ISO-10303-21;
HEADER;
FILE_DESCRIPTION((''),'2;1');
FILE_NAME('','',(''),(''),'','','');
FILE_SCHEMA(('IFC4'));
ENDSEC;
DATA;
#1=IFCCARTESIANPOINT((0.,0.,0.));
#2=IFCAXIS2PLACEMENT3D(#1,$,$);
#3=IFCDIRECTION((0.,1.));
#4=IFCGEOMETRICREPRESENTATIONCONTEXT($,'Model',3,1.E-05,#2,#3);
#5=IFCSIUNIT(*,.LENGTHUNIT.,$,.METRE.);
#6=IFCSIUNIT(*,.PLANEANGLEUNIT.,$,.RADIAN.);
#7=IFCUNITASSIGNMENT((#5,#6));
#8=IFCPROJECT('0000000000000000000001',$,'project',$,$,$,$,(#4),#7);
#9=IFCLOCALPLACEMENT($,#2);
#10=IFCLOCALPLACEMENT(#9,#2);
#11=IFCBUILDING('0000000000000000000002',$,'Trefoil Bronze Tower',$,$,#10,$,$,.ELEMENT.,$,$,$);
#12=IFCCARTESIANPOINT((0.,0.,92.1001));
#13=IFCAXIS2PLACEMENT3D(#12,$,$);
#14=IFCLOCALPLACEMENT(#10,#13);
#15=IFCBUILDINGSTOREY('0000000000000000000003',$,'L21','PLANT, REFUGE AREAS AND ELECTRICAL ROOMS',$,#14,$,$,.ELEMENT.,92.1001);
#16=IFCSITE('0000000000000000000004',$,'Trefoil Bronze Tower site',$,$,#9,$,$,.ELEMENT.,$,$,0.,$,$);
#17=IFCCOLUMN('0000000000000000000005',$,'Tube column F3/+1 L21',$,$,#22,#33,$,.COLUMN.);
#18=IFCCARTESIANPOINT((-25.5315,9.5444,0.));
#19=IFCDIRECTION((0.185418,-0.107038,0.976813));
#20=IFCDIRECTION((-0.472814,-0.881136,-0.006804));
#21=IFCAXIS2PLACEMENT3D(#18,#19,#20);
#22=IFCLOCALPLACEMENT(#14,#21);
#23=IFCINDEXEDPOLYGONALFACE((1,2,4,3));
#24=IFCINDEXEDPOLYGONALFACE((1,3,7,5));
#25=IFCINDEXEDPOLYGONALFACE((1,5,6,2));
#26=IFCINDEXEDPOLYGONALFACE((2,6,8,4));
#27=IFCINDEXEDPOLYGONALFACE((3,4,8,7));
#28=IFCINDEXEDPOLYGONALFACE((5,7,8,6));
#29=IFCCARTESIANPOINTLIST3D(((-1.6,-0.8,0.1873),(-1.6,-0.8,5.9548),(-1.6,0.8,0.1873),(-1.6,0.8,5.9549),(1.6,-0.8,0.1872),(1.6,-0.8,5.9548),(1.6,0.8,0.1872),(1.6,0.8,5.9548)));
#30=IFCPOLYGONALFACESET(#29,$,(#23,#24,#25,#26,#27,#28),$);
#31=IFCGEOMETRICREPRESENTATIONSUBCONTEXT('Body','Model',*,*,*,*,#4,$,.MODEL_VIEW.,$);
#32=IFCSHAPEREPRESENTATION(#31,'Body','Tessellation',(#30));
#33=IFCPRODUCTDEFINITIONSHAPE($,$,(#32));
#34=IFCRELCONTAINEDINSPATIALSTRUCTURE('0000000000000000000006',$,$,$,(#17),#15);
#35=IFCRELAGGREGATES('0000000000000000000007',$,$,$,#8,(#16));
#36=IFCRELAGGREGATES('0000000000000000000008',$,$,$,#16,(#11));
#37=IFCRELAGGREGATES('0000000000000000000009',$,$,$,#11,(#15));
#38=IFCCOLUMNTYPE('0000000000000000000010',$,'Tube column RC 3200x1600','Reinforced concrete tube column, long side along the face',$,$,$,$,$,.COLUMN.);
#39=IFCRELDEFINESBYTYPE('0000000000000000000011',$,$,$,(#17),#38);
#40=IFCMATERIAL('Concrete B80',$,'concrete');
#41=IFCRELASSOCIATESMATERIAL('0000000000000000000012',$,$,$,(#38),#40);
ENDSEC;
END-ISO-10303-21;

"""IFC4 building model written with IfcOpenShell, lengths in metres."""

from ifc_helpers import new_model, si_unit, direction, frame, origin, origin_2d, place, context, subcontext, project, spatial, rectangle, extrude, clip, halfspace, material, material_profile, profile_set, type_object, element, save


model = new_model("IFC4")

# Units and contexts
model_context = context("Model", 3, precision=1e-05, world=origin(), true_north=direction((0.0, 1.0)))
body_context = subcontext(model_context, "Body", "Model", "MODEL_VIEW")
ifc_project = project(units=[si_unit("LENGTHUNIT", "METRE"), si_unit("PLANEANGLEUNIT", "RADIAN")], contexts=[model_context])

# Site, building, storey
site_placement = place(None, origin())
site = spatial("IfcSite", under=ifc_project, at=site_placement, Name="Trefoil Bronze Tower site", CompositionType="ELEMENT", RefElevation=0.0)
building_placement = place(site_placement, origin())
building = spatial("IfcBuilding", under=site, at=building_placement, Name="Trefoil Bronze Tower", CompositionType="ELEMENT")
storey_placement = place(building_placement, frame((0.0, 0.0, 92.1001)))
storey = spatial("IfcBuildingStorey", under=building, at=storey_placement, Name="L21", Description="PLANT, REFUGE AREAS AND ELECTRICAL ROOMS", CompositionType="ELEMENT", Elevation=92.1001)

# Column
ifc_material_1 = material(Name="Concrete B80", Category="concrete")
ifc_material_profile_1 = material_profile(ifc_material_1, rectangle(XDim=3.2, YDim=1.6001, at=origin_2d()), Name="RC 3200x1600")
ifc_profile_set_1 = profile_set([ifc_material_profile_1], Name="Concrete B80")
column_type = type_object("IfcColumnType", Name="Tube column RC 3200x1600", Description="Reinforced concrete tube column, long side along the face", PredefinedType="COLUMN", material=ifc_profile_set_1)
column_placement = place(storey_placement, frame((-25.5315, 9.5444, 0.0), z_axis=(0.185418, -0.107038, 0.976813), x_axis=(-0.472814, -0.881136, -0.006804)))
element("IfcColumn", 1, at=column_placement, inside=storey, type_object=column_type, Name="Tube column F3/+1 L21", PredefinedType="COLUMN", context=body_context, shape_type="Clipping", body=[
    clip(clip(extrude(rectangle(XDim=3.2, YDim=1.6001, at=origin_2d()), origin(), (0.0, 0.0, 1.0), 6.1423), halfspace(frame((0.0, 0.0, 0.1873), z_axis=(0.000011, -0.000006, 1.0), x_axis=(0.0, 1.0, 0.000006)), True)), halfspace(frame((0.0, 0.0, 5.9548), z_axis=(-0.000011, 0.000006, -1.0), x_axis=(0.0, -1.0, -0.000006)), True)),
])

save(model, "model.ifc")
